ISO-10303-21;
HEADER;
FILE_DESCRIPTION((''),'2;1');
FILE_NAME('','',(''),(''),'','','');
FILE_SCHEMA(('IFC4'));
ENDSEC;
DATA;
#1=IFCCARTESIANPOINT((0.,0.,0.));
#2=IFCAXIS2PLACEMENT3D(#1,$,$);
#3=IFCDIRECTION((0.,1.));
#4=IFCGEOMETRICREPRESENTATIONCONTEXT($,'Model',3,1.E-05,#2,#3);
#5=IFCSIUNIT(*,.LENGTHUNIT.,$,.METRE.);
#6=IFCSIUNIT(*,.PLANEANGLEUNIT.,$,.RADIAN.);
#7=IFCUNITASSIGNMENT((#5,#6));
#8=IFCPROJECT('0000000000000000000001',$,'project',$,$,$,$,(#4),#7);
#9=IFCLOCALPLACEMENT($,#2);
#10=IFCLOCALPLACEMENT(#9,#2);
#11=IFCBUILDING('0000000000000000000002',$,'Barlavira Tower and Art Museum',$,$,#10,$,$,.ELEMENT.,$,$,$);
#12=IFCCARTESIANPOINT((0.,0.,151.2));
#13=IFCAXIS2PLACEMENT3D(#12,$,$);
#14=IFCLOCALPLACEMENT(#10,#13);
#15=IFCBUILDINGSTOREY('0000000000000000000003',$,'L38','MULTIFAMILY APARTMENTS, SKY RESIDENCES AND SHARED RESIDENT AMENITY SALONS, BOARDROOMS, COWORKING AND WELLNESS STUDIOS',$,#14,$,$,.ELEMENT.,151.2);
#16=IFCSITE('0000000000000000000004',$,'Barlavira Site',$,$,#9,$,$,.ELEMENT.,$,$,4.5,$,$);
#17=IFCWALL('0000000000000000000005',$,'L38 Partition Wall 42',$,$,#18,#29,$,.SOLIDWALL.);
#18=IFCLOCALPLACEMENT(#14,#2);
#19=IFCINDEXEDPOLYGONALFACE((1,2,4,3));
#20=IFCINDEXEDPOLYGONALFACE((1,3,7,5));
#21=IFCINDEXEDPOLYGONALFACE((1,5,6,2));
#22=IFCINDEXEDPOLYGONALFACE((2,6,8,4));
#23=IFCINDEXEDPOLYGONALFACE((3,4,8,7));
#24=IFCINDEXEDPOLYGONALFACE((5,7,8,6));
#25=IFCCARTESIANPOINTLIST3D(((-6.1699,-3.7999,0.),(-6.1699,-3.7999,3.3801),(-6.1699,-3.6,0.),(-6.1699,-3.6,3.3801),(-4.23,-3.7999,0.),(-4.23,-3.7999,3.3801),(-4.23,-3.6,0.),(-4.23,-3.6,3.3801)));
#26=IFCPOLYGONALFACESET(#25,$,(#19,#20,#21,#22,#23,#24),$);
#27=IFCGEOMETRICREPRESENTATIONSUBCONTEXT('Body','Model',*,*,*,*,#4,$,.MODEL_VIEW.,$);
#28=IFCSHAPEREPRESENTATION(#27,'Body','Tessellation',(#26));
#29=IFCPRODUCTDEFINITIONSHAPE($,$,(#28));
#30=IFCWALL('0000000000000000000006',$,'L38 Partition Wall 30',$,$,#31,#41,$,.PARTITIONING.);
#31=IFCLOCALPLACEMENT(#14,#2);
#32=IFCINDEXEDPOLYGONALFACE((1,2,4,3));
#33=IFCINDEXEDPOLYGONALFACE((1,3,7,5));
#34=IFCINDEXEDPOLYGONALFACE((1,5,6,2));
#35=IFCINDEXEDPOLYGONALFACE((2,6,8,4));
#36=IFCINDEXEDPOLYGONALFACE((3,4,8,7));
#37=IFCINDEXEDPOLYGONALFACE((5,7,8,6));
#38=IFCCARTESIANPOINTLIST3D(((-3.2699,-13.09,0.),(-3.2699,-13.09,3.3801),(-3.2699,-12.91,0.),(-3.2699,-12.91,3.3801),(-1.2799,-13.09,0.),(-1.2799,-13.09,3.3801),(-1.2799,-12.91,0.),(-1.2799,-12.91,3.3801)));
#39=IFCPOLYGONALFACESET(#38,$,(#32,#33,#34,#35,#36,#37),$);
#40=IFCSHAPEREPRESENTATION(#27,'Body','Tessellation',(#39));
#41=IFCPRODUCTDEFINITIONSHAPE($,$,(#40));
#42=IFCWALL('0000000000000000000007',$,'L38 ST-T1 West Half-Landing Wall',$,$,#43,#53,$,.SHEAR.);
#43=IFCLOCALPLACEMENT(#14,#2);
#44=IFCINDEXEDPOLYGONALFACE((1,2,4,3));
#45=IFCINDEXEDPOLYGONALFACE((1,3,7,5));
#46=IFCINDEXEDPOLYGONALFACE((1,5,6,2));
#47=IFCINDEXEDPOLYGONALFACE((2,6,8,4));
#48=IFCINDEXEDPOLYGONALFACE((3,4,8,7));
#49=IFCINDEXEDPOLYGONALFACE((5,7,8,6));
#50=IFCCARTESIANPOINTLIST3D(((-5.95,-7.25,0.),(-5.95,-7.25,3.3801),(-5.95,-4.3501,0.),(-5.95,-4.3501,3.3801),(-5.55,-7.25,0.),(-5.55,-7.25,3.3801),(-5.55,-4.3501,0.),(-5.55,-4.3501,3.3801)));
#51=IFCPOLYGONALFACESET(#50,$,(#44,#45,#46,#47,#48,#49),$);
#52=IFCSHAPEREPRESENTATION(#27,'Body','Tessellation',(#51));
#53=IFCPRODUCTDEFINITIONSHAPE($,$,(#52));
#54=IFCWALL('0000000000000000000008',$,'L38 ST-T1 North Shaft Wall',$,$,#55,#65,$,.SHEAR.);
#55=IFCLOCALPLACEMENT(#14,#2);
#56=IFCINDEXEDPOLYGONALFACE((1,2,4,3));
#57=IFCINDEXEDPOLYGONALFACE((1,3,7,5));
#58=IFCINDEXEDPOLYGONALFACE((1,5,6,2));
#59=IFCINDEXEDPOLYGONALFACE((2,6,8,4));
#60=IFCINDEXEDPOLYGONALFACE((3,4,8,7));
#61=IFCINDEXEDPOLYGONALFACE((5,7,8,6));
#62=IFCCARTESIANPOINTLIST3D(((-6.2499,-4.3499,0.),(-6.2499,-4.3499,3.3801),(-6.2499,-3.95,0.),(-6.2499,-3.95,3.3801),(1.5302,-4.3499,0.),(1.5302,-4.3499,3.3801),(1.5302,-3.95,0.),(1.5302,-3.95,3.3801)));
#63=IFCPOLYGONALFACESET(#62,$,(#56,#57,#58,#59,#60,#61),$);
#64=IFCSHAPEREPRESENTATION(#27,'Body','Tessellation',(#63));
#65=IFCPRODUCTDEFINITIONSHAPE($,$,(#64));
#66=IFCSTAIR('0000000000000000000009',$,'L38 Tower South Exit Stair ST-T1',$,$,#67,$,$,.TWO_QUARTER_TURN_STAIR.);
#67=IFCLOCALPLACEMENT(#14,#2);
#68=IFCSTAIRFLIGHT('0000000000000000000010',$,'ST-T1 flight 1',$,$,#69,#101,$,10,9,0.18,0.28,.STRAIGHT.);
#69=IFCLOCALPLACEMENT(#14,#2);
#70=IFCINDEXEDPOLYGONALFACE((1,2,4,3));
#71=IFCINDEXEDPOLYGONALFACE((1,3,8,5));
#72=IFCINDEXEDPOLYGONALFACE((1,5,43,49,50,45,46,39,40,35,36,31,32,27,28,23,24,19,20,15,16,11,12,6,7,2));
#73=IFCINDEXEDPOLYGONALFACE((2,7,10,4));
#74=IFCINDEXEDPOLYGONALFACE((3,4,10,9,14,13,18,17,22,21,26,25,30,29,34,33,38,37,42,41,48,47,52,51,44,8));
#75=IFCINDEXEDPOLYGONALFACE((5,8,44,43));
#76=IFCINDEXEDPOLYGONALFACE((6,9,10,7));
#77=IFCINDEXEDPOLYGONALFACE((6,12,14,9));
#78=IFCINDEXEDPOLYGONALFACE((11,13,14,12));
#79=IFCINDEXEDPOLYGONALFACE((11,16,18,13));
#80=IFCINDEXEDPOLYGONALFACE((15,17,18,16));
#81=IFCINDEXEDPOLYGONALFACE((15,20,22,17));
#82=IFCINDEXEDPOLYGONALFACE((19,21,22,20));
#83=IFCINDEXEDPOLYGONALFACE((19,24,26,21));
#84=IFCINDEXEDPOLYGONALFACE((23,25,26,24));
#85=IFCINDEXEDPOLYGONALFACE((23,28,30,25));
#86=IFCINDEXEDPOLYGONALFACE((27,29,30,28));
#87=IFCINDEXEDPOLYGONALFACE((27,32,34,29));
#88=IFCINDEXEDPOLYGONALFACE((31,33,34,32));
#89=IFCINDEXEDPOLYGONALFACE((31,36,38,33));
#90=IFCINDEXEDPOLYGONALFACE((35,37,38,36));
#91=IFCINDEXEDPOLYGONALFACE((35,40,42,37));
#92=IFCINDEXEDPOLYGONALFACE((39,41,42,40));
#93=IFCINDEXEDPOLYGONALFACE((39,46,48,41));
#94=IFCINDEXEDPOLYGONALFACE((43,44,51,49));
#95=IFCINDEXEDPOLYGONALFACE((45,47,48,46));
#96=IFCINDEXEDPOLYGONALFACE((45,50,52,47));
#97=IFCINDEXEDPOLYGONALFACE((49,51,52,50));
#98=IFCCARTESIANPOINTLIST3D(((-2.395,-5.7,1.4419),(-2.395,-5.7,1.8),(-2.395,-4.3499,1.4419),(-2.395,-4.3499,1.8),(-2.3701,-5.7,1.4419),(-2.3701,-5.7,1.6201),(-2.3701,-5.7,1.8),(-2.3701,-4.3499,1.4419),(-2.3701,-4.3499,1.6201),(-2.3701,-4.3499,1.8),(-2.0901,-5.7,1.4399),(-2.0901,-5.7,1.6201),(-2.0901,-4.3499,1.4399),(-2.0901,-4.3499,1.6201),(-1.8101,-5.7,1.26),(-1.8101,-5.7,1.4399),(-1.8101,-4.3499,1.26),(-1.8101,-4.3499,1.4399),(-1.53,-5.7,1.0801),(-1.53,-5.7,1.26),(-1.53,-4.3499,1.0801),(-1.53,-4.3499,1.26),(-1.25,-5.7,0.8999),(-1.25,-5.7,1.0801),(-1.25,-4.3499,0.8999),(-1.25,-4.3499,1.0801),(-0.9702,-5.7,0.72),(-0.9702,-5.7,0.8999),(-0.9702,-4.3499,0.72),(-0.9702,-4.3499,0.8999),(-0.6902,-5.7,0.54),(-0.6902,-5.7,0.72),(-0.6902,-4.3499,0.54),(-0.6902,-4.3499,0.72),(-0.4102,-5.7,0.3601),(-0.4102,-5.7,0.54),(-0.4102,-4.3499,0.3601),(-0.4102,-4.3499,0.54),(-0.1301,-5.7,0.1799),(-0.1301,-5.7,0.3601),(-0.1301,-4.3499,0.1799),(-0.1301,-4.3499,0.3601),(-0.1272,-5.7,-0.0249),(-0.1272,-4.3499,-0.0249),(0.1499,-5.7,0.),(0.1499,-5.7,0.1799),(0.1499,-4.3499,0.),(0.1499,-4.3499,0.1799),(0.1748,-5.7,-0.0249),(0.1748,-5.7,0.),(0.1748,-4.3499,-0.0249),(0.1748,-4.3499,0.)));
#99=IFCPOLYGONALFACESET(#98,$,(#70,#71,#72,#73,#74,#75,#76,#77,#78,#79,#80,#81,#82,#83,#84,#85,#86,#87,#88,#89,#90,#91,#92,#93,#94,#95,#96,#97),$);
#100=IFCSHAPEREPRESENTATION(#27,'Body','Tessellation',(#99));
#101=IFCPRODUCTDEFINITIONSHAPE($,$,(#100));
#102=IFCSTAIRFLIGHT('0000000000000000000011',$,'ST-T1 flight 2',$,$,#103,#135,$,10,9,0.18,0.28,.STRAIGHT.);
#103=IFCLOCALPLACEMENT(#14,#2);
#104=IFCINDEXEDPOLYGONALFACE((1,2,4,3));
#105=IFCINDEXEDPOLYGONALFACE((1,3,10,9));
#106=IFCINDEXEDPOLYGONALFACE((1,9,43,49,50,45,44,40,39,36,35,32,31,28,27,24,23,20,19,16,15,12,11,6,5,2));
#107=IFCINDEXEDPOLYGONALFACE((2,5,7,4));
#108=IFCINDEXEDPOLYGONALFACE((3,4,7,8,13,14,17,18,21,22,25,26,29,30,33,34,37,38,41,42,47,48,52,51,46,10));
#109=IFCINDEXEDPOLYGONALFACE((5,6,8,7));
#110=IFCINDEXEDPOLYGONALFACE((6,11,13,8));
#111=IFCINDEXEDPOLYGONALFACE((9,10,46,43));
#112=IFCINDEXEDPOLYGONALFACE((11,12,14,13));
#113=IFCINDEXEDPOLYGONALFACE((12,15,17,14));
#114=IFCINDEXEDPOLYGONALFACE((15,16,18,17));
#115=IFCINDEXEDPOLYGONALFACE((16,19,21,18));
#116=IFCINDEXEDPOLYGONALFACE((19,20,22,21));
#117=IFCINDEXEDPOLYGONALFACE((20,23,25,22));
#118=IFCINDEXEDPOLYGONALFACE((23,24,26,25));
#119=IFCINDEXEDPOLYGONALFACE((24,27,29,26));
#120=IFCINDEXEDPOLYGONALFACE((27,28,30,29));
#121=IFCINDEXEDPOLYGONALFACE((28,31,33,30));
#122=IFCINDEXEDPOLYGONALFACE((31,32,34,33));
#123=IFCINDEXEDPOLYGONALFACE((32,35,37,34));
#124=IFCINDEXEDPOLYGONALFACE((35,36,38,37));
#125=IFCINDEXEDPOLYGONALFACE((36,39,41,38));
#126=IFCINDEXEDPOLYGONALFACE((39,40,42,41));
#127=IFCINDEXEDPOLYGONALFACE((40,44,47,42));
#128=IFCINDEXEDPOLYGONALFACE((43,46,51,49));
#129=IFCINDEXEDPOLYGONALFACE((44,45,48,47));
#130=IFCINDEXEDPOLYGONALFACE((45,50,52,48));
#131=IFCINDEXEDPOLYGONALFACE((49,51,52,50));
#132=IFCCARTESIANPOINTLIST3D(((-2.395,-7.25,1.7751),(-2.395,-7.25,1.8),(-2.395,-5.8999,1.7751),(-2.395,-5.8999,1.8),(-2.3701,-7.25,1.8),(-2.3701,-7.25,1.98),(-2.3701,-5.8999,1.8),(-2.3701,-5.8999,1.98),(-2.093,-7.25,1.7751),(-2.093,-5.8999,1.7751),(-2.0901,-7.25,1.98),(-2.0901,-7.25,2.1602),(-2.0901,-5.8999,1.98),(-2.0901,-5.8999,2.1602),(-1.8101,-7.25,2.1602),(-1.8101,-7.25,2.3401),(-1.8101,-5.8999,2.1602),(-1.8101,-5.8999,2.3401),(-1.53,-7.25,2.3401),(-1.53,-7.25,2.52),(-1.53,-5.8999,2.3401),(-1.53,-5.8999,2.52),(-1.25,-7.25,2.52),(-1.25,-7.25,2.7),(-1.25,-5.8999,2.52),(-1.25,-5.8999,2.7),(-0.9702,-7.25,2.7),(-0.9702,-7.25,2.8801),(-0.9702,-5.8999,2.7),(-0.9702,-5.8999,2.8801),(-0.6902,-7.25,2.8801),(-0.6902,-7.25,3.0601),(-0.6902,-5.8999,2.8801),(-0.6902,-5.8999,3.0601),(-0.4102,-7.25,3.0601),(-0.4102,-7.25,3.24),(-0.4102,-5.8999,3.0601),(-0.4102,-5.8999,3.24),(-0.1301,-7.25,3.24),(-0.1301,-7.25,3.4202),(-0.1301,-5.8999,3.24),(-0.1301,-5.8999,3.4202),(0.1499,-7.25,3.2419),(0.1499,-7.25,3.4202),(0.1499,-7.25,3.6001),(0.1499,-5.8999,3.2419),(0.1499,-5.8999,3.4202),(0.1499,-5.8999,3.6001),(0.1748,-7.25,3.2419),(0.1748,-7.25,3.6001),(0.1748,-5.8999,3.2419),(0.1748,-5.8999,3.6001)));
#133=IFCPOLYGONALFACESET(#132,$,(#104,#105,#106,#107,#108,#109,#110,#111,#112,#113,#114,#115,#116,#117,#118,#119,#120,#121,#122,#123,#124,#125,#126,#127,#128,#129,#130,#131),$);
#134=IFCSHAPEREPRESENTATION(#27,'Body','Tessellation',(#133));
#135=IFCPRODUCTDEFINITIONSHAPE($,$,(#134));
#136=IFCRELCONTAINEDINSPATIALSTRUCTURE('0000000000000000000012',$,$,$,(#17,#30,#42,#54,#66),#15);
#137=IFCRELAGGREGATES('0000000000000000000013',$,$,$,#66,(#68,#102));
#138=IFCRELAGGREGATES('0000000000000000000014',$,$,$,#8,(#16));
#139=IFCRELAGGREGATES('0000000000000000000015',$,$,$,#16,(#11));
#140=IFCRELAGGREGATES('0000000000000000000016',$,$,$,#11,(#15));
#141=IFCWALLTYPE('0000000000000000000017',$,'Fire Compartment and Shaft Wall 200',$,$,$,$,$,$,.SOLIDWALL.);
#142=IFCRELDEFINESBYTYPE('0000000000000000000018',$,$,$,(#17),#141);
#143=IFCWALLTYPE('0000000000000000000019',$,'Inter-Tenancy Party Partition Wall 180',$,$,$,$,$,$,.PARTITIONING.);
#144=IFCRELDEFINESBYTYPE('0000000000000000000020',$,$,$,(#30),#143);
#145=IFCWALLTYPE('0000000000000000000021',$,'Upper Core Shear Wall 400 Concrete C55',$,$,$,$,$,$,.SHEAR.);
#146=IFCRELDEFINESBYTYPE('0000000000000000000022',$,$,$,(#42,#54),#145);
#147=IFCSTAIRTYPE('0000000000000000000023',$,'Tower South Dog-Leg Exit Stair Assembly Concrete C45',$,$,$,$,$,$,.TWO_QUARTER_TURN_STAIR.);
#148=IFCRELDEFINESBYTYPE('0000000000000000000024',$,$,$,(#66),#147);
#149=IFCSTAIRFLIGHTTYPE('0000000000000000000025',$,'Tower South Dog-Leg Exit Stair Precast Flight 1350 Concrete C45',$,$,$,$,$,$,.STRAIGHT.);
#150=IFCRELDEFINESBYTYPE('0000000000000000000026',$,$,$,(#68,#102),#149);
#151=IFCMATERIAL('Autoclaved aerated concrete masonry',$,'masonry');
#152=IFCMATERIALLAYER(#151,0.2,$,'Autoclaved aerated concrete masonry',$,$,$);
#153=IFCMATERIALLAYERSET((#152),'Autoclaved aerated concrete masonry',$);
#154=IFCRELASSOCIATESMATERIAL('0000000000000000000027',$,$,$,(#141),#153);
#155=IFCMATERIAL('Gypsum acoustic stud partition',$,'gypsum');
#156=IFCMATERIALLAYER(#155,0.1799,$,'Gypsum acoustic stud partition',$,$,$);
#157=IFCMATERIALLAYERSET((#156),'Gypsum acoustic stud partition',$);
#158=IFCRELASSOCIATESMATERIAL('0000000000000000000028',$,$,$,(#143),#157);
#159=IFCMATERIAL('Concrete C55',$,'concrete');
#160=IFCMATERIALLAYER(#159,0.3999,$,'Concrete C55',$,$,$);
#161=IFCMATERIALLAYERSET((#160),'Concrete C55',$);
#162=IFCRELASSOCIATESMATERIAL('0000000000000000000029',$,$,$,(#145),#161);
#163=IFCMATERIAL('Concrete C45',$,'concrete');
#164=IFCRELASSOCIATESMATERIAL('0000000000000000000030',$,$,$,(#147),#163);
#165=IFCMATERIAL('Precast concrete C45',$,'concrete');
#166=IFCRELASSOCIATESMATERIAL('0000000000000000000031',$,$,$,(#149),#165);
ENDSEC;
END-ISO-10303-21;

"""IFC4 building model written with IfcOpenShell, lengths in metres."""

from ifc_helpers import new_model, si_unit, direction, frame, frame_2d, origin, place, context, subcontext, project, spatial, polyline, rectangle, outline, extrude, material, layer, layer_set, type_object, element, aggregate, save


model = new_model("IFC4")

# Units and contexts
model_context = context("Model", 3, precision=1e-05, world=origin(), true_north=direction((0.0, 1.0)))
body_context = subcontext(model_context, "Body", "Model", "MODEL_VIEW")
ifc_project = project(units=[si_unit("LENGTHUNIT", "METRE"), si_unit("PLANEANGLEUNIT", "RADIAN")], contexts=[model_context])

# Site, building, storey
site_placement = place(None, origin())
site = spatial("IfcSite", under=ifc_project, at=site_placement, Name="Barlavira Site", CompositionType="ELEMENT", RefElevation=4.5)
building_placement = place(site_placement, origin())
building = spatial("IfcBuilding", under=site, at=building_placement, Name="Barlavira Tower and Art Museum", CompositionType="ELEMENT")
storey_placement = place(building_placement, frame((0.0, 0.0, 151.2)))
storey = spatial("IfcBuildingStorey", under=building, at=storey_placement, Name="L38", Description="MULTIFAMILY APARTMENTS, SKY RESIDENCES AND SHARED RESIDENT AMENITY SALONS, BOARDROOMS, COWORKING AND WELLNESS STUDIOS", CompositionType="ELEMENT", Elevation=151.2)

# Shared definitions
ifc_material_1 = material(Name="Autoclaved aerated concrete masonry", Category="masonry")
ifc_layer_1 = layer(ifc_material_1, 0.2, Name="Autoclaved aerated concrete masonry")
ifc_layer_set_1 = layer_set([ifc_layer_1], Name="Autoclaved aerated concrete masonry")
wall_type_1 = type_object("IfcWallType", Name="Fire Compartment and Shaft Wall 200", PredefinedType="SOLIDWALL", material=ifc_layer_set_1)

# Walls
wall_1_placement = place(storey_placement, frame((-6.1699, -3.7, 0.0), z_axis=(0.0, 0.0, 1.0), x_axis=(1.0, 0.0, 0.0)))
element("IfcWall", 1, at=wall_1_placement, inside=storey, type_object=wall_type_1, Name="L38 Partition Wall 42", PredefinedType="SOLIDWALL", context=body_context, shape_type="SweptSolid", body=[
    extrude(rectangle(XDim=1.9399, YDim=0.2, at=frame_2d((0.97, 0.0))), origin(), (0.0, 0.0, 1.0), 3.3801),
])
ifc_material_2 = material(Name="Gypsum acoustic stud partition", Category="gypsum")
ifc_layer_2 = layer(ifc_material_2, 0.1799, Name="Gypsum acoustic stud partition")
ifc_layer_set_2 = layer_set([ifc_layer_2], Name="Gypsum acoustic stud partition")
wall_type_2 = type_object("IfcWallType", Name="Inter-Tenancy Party Partition Wall 180", PredefinedType="PARTITIONING", material=ifc_layer_set_2)
wall_2_placement = place(storey_placement, frame((-3.27, -13.0, 0.0), z_axis=(0.0, 0.0, 1.0), x_axis=(1.0, 0.0, 0.0)))
element("IfcWall", 2, at=wall_2_placement, inside=storey, type_object=wall_type_2, Name="L38 Partition Wall 30", PredefinedType="PARTITIONING", context=body_context, shape_type="SweptSolid", body=[
    extrude(rectangle(XDim=1.99, YDim=0.1799, at=frame_2d((0.9951, 0.0))), origin(), (0.0, 0.0, 1.0), 3.3801),
])

# Walls
ifc_material_3 = material(Name="Concrete C55", Category="concrete")
ifc_layer_3 = layer(ifc_material_3, 0.3999, Name="Concrete C55")
ifc_layer_set_3 = layer_set([ifc_layer_3], Name="Concrete C55")
wall_type_3 = type_object("IfcWallType", Name="Upper Core Shear Wall 400 Concrete C55", PredefinedType="SHEAR", material=ifc_layer_set_3)
wall_3_placement = place(storey_placement, frame((-5.75, -7.25, 0.0), z_axis=(0.0, 0.0, 1.0), x_axis=(0.0, 1.0, 0.0)))
element("IfcWall", 3, at=wall_3_placement, inside=storey, type_object=wall_type_3, Name="L38 ST-T1 West Half-Landing Wall", PredefinedType="SHEAR", context=body_context, shape_type="SweptSolid", body=[
    extrude(rectangle(XDim=2.8999, YDim=0.3999, at=frame_2d((1.45, 0.0))), origin(), (0.0, 0.0, 1.0), 3.3801),
])
wall_4_placement = place(storey_placement, frame((-6.25, -4.1499, 0.0), z_axis=(0.0, 0.0, 1.0), x_axis=(1.0, 0.0, 0.0)))
element("IfcWall", 4, at=wall_4_placement, inside=storey, type_object=wall_type_3, Name="L38 ST-T1 North Shaft Wall", PredefinedType="SHEAR", context=body_context, shape_type="SweptSolid", body=[
    extrude(rectangle(XDim=7.78, YDim=0.3999, at=frame_2d((3.8901, 0.0))), origin(), (0.0, 0.0, 1.0), 3.3801),
])

# Stair, stair flights
ifc_material_4 = material(Name="Concrete C45", Category="concrete")
stair_type = type_object("IfcStairType", Name="Tower South Dog-Leg Exit Stair Assembly Concrete C45", PredefinedType="TWO_QUARTER_TURN_STAIR", material=ifc_material_4)
stair_placement = place(storey_placement, origin())
stair = element("IfcStair", 5, at=stair_placement, inside=storey, type_object=stair_type, Name="L38 Tower South Exit Stair ST-T1", PredefinedType="TWO_QUARTER_TURN_STAIR")
ifc_material_5 = material(Name="Precast concrete C45", Category="concrete")
stair_flight_type = type_object("IfcStairFlightType", Name="Tower South Dog-Leg Exit Stair Precast Flight 1350 Concrete C45", PredefinedType="STRAIGHT", material=ifc_material_5)
stair_flight_1_placement = place(storey_placement, frame((0.1499, -5.0249, 0.0), z_axis=(0.0, 0.0, 1.0), x_axis=(-1.0, 0.0, 0.0)))
stair_flight_1 = element("IfcStairFlight", 6, at=stair_flight_1_placement, type_object=stair_flight_type, Name="ST-T1 flight 1", NumberOfRisers=10, NumberOfTreads=9, PredefinedType="STRAIGHT", RiserHeight=0.18, TreadLength=0.28, context=body_context, shape_type="SweptSolid", body=[
    extrude(outline(polyline([(-0.0249, 0.0), (0.0, 0.0), (0.0, 0.1799), (0.28, 0.1799), (0.28, 0.3601), (0.5601, 0.3601), (0.5601, 0.54), (0.8401, 0.54), (0.8401, 0.72), (1.1201, 0.72), (1.1201, 0.8999), (1.3999, 0.8999), (1.3999, 1.0801), (1.6799, 1.0801), (1.6799, 1.26), (1.96, 1.26), (1.96, 1.4399), (2.24, 1.4399), (2.24, 1.6201), (2.52, 1.6201), (2.52, 1.8), (2.5449, 1.8), (2.5449, 1.4419), (2.52, 1.4419), (0.2771, -0.0249), (-0.0249, -0.0249), (-0.0249, 0.0)])), frame((0.0, 0.675, 0.0), z_axis=(0.0, -1.0, 0.0), x_axis=(1.0, 0.0, 0.0)), (0.0, 0.0, 1.0), 1.3501),
])
stair_flight_2_placement = place(storey_placement, frame((-2.3701, -6.575, 1.8), z_axis=(0.0, 0.0, 1.0), x_axis=(1.0, 0.0, 0.0)))
stair_flight_2 = element("IfcStairFlight", 7, at=stair_flight_2_placement, type_object=stair_flight_type, Name="ST-T1 flight 2", NumberOfRisers=10, NumberOfTreads=9, PredefinedType="STRAIGHT", RiserHeight=0.18, TreadLength=0.28, context=body_context, shape_type="SweptSolid", body=[
    extrude(outline(polyline([(-0.0249, 0.0), (0.0, 0.0), (0.0, 0.1799), (0.28, 0.1799), (0.28, 0.3601), (0.5601, 0.3601), (0.5601, 0.54), (0.8401, 0.54), (0.8401, 0.72), (1.1201, 0.72), (1.1201, 0.8999), (1.3999, 0.8999), (1.3999, 1.0801), (1.6799, 1.0801), (1.6799, 1.26), (1.96, 1.26), (1.96, 1.4399), (2.24, 1.4399), (2.24, 1.6201), (2.52, 1.6201), (2.52, 1.8), (2.5449, 1.8), (2.5449, 1.4419), (2.52, 1.4419), (0.2771, -0.0249), (-0.0249, -0.0249), (-0.0249, 0.0)])), frame((0.0, 0.675, 0.0), z_axis=(0.0, -1.0, 0.0), x_axis=(1.0, 0.0, 0.0)), (0.0, 0.0, 1.0), 1.3501),
])
aggregate(stair, [stair_flight_1, stair_flight_2])

save(model, "model.ifc")
